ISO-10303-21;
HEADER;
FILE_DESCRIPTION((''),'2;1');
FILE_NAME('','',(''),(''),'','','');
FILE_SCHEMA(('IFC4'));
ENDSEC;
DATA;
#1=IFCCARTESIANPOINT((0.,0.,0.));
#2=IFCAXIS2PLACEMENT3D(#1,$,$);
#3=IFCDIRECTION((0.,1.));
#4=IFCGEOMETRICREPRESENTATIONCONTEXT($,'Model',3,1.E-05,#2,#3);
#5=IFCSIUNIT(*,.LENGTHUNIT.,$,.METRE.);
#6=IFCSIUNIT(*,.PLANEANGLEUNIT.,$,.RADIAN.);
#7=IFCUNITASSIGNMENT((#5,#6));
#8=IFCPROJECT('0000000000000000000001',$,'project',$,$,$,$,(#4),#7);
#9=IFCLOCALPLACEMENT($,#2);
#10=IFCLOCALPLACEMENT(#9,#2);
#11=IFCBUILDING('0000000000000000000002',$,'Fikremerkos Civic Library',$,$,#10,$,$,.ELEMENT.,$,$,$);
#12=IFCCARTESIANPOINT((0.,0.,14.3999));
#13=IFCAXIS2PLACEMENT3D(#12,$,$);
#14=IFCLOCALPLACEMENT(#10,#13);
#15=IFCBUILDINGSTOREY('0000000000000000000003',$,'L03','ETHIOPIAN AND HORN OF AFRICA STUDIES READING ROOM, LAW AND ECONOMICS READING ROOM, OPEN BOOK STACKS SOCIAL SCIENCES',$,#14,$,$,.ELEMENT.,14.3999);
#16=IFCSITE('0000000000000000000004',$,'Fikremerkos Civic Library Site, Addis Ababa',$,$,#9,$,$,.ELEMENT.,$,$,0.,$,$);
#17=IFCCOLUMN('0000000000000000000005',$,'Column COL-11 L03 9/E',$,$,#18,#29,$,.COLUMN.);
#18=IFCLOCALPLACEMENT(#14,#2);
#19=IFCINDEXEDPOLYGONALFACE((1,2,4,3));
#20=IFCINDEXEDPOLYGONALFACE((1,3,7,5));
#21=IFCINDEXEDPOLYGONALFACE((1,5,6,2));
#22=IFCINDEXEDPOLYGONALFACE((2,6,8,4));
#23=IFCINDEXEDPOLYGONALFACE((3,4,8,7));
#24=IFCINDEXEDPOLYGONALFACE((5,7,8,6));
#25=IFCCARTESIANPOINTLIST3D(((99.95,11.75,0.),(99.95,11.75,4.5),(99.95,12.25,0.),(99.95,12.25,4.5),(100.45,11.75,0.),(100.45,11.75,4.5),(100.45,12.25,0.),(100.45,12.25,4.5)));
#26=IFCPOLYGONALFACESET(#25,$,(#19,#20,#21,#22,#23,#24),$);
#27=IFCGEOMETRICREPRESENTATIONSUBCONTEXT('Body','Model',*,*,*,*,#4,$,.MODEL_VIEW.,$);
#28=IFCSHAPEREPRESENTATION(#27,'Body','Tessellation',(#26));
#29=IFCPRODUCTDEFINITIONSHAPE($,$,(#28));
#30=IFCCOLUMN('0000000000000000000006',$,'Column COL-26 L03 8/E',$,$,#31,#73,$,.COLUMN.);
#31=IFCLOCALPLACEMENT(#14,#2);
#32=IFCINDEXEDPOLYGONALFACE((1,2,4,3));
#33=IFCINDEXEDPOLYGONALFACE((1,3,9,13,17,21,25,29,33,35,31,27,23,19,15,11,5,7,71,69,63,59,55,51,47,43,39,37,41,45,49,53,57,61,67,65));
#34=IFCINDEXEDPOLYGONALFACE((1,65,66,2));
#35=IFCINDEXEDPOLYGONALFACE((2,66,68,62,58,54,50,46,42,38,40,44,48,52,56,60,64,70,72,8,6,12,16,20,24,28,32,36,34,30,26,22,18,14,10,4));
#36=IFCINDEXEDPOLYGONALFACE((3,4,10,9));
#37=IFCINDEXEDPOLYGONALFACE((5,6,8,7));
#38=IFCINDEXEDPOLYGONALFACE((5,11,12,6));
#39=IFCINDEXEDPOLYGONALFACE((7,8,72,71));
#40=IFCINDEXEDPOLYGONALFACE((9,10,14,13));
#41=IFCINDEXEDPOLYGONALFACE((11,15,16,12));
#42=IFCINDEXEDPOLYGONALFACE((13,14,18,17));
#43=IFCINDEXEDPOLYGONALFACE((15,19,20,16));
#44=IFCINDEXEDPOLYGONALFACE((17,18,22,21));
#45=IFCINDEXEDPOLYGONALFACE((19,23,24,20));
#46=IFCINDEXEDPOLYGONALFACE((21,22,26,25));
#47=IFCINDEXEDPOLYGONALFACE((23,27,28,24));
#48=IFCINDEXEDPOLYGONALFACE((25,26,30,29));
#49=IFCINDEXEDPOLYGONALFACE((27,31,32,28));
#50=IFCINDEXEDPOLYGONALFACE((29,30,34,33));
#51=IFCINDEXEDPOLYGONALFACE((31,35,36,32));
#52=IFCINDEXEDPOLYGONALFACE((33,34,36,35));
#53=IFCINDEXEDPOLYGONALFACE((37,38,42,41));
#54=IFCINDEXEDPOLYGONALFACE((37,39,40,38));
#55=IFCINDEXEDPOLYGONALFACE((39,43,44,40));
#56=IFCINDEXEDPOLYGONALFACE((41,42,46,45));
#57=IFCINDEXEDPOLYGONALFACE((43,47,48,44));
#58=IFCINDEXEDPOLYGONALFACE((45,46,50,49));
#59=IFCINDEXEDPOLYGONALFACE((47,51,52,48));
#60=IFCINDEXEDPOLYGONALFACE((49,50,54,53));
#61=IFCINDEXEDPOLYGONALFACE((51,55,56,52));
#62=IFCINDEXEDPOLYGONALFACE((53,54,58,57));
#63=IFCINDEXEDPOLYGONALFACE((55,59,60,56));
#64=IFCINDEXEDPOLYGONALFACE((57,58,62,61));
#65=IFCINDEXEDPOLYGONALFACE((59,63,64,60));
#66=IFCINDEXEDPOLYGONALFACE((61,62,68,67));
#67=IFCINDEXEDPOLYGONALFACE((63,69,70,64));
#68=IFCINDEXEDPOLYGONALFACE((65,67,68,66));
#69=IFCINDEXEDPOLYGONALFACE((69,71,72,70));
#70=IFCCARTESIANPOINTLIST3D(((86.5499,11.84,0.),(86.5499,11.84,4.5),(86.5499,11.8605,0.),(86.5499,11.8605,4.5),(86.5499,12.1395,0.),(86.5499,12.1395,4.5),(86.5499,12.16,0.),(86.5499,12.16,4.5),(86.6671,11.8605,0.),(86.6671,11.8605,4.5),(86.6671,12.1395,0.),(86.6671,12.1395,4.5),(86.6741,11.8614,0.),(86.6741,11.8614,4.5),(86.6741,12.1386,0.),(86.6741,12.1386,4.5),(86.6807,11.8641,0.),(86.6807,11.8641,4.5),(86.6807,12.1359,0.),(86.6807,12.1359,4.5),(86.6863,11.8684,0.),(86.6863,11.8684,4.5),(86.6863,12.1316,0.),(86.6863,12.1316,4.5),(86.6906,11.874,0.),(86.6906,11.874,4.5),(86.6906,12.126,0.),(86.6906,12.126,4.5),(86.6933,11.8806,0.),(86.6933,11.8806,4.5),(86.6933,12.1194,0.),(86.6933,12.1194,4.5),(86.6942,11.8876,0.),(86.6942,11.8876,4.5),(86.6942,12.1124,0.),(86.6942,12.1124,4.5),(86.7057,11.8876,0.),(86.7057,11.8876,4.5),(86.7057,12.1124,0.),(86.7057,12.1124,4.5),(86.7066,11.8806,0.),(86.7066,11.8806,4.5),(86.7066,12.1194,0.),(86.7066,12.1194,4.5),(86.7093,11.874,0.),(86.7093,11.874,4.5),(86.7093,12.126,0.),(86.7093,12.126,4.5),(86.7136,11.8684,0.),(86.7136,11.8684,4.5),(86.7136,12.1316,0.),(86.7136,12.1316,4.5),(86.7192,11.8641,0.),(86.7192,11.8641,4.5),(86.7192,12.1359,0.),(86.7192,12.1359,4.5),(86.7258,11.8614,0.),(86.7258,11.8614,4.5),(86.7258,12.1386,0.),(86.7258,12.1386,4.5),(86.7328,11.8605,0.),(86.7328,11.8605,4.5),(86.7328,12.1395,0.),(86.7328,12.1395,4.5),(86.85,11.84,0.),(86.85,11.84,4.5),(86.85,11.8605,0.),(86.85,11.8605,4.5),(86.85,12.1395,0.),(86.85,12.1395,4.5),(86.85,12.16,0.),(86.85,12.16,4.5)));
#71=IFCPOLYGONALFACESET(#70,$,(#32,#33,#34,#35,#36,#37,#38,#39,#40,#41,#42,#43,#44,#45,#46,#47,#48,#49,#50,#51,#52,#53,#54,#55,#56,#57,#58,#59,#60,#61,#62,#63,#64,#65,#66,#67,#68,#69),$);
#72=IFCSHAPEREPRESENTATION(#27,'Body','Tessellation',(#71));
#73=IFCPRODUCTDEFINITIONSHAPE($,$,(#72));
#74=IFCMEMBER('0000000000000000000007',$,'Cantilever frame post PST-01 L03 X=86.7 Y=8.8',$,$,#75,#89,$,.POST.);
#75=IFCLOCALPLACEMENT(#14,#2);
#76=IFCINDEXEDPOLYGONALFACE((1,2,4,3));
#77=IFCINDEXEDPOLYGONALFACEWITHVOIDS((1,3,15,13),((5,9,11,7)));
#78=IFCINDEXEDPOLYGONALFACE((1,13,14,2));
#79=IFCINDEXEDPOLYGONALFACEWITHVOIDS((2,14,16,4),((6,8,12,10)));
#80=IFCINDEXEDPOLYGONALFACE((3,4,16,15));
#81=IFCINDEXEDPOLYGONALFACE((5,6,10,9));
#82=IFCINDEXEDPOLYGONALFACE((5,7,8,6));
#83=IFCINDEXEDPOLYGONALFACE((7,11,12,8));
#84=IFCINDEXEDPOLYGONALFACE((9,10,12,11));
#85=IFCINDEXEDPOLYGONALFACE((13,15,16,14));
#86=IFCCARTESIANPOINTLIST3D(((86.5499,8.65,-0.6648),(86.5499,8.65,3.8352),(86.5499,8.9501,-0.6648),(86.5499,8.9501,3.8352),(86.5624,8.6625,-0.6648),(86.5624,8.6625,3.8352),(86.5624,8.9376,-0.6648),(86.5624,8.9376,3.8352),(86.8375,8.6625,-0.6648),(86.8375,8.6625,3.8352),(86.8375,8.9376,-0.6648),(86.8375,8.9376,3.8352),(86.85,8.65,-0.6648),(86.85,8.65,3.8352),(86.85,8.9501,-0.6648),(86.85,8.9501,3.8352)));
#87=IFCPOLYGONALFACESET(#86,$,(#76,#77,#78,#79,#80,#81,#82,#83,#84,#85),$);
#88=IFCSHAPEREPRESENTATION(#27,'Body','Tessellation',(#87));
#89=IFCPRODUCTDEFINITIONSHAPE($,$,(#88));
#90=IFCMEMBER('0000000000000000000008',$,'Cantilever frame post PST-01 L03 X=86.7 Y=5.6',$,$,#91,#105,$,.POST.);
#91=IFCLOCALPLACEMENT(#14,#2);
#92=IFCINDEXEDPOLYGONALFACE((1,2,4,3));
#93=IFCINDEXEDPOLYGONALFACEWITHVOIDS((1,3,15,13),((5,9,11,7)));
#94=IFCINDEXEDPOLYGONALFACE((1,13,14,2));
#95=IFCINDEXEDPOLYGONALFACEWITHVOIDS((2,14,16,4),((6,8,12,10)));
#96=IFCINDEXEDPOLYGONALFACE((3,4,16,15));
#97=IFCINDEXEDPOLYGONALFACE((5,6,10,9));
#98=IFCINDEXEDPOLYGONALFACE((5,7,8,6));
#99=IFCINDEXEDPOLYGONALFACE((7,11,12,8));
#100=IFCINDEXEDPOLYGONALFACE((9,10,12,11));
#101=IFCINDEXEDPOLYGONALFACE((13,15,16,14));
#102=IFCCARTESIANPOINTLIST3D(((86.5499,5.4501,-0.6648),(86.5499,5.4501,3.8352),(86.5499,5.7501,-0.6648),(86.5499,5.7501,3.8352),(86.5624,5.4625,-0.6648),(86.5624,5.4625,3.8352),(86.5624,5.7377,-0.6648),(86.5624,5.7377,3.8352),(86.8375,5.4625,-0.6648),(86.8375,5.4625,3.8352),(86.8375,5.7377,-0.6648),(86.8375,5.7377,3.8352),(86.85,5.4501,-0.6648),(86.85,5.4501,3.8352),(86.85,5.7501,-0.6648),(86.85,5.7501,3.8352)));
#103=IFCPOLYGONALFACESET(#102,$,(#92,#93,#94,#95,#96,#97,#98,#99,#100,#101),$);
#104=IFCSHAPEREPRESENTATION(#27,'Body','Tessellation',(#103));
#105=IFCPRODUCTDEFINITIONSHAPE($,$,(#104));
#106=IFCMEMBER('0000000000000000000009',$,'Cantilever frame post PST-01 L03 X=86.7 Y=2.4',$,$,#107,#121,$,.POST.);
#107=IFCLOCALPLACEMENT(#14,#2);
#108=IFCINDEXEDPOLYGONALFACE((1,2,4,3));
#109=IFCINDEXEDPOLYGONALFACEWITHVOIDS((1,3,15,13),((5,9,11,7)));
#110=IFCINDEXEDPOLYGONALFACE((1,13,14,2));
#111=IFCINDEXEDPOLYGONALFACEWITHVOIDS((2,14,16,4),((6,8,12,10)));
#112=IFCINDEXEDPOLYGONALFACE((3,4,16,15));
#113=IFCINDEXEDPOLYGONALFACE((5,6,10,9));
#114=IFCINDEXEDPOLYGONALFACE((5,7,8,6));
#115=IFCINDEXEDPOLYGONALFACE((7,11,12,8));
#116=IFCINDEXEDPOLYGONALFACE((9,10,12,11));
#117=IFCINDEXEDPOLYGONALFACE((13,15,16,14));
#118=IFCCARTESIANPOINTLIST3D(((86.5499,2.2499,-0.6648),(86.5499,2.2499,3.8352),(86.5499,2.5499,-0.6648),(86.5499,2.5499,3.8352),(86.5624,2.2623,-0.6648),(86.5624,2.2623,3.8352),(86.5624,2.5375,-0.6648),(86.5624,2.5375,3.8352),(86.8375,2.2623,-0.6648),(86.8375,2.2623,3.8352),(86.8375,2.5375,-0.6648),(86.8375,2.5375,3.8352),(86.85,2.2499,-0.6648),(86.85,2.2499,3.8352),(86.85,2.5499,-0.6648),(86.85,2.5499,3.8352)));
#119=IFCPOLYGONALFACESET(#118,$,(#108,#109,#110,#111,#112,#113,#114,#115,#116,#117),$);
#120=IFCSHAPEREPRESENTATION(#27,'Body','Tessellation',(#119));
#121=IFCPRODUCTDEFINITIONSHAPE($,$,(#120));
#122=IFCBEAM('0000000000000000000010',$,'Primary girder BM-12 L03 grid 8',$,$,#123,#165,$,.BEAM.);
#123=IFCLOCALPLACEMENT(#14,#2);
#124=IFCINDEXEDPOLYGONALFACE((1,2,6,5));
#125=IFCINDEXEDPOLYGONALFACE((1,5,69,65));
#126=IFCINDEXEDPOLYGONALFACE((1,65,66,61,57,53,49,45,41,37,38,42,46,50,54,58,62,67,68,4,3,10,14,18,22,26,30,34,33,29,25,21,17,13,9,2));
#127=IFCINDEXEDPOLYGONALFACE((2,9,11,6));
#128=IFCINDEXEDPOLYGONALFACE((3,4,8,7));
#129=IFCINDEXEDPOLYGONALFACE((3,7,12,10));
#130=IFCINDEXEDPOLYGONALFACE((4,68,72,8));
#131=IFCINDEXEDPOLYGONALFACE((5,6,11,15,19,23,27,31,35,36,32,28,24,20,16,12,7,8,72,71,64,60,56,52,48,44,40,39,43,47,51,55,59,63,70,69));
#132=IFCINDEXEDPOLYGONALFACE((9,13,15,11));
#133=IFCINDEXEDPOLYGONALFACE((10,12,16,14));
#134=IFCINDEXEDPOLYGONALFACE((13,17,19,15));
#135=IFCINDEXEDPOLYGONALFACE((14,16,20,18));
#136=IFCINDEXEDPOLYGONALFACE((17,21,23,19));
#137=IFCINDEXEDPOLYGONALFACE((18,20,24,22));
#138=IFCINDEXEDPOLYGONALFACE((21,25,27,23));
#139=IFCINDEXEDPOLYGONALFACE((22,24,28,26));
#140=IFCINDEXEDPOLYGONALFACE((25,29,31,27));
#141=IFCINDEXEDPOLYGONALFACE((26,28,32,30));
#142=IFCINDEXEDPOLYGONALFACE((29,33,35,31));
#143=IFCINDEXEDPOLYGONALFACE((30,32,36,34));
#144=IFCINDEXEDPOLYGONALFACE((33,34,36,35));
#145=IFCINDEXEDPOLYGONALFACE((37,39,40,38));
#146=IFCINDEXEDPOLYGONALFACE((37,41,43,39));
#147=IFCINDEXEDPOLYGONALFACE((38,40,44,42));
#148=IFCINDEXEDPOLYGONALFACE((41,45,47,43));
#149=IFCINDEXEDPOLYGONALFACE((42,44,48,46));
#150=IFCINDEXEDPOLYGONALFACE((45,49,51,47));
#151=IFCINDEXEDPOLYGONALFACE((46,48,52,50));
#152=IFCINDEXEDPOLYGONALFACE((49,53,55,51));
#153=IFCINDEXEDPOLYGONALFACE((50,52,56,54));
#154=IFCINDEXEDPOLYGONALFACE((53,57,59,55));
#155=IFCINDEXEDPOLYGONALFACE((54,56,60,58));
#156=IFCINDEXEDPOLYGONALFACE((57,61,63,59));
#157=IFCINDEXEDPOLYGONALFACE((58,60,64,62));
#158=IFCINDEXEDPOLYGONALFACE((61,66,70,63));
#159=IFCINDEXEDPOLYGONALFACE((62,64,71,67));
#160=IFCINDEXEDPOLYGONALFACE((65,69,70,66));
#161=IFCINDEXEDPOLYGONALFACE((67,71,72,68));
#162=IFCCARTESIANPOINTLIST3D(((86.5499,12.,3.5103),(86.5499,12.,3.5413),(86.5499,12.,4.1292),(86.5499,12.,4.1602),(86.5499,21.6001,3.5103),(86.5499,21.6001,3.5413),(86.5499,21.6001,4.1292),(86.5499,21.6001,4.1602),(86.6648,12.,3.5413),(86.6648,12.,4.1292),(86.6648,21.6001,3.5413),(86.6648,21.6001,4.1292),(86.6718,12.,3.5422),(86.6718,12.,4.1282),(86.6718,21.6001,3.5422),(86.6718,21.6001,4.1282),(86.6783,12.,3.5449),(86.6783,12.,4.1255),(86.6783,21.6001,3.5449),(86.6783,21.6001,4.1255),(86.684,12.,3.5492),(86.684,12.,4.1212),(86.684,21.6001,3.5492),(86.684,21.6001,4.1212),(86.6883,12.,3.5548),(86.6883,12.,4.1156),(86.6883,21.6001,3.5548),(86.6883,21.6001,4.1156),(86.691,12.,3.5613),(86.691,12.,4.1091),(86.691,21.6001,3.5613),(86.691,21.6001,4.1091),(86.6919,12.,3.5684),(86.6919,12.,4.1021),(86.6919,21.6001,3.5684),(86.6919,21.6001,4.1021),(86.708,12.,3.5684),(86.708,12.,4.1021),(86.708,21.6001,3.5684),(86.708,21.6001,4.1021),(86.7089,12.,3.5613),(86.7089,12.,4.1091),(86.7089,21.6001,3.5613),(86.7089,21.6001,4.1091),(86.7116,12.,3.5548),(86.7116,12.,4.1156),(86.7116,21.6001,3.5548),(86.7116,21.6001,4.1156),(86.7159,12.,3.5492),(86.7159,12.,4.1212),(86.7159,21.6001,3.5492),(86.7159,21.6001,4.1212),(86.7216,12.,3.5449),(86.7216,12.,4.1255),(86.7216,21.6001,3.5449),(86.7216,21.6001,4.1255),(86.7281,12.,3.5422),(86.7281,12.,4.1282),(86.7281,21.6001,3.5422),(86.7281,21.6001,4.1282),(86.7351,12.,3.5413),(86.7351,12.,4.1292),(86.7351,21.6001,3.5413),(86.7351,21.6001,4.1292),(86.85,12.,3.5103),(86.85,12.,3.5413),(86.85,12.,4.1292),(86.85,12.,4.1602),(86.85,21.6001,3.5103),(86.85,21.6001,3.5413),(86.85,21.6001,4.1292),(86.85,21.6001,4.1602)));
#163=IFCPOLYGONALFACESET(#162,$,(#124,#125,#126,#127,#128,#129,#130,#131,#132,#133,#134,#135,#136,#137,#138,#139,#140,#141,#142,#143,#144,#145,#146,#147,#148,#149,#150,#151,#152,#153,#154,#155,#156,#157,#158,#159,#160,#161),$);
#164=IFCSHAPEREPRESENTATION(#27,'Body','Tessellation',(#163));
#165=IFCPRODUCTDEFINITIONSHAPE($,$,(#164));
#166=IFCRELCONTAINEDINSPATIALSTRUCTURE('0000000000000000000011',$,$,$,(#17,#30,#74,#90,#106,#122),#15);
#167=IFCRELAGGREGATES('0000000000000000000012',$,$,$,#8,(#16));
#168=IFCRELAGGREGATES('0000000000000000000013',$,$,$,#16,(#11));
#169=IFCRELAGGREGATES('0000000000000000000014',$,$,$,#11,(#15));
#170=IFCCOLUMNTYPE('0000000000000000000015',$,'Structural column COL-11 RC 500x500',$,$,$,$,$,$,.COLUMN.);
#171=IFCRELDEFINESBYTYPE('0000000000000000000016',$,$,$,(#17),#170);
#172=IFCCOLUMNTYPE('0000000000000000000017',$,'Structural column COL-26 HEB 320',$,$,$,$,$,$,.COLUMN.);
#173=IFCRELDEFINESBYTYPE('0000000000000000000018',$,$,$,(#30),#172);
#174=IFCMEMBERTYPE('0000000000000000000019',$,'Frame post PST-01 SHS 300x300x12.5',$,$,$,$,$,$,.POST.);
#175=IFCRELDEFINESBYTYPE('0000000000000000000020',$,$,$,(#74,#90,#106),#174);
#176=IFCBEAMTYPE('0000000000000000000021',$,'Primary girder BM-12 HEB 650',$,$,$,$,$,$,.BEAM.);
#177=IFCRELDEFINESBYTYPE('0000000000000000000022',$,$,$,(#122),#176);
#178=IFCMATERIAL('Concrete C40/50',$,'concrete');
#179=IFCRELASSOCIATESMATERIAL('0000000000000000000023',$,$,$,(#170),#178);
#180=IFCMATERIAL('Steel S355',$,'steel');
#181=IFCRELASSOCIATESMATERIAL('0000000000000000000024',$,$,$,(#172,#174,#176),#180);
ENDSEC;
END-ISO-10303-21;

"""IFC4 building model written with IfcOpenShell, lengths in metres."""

from ifc_helpers import new_model, si_unit, direction, frame, origin, origin_2d, place, context, subcontext, project, spatial, rectangle, hollow_rectangle, i_section, extrude, material, material_profile, profile_set, type_object, element, save


model = new_model("IFC4")

# Units and contexts
model_context = context("Model", 3, precision=1e-05, world=origin(), true_north=direction((0.0, 1.0)))
body_context = subcontext(model_context, "Body", "Model", "MODEL_VIEW")
ifc_project = project(units=[si_unit("LENGTHUNIT", "METRE"), si_unit("PLANEANGLEUNIT", "RADIAN")], contexts=[model_context])

# Site, building, storey
site_placement = place(None, origin())
site = spatial("IfcSite", under=ifc_project, at=site_placement, Name="Fikremerkos Civic Library Site, Addis Ababa", CompositionType="ELEMENT", RefElevation=0.0)
building_placement = place(site_placement, origin())
building = spatial("IfcBuilding", under=site, at=building_placement, Name="Fikremerkos Civic Library", CompositionType="ELEMENT")
storey_placement = place(building_placement, frame((0.0, 0.0, 14.3999)))
storey = spatial("IfcBuildingStorey", under=building, at=storey_placement, Name="L03", Description="ETHIOPIAN AND HORN OF AFRICA STUDIES READING ROOM, LAW AND ECONOMICS READING ROOM, OPEN BOOK STACKS SOCIAL SCIENCES", CompositionType="ELEMENT", Elevation=14.3999)

# Columns
ifc_material_1 = material(Name="Concrete C40/50", Category="concrete")
ifc_material_profile_1 = material_profile(ifc_material_1, rectangle(XDim=0.5, YDim=0.5, at=origin_2d()), Name="RC 500x500")
ifc_profile_set_1 = profile_set([ifc_material_profile_1], Name="Concrete C40/50")
column_type_1 = type_object("IfcColumnType", Name="Structural column COL-11 RC 500x500", PredefinedType="COLUMN", material=ifc_profile_set_1)
column_1_placement = place(storey_placement, frame((100.2, 12.0, 0.0), z_axis=(0.0, 0.0, 1.0), x_axis=(1.0, 0.0, 0.0)))
element("IfcColumn", 1, at=column_1_placement, inside=storey, type_object=column_type_1, Name="Column COL-11 L03 9/E", PredefinedType="COLUMN", context=body_context, shape_type="SweptSolid", body=[
    extrude(rectangle(XDim=0.5, YDim=0.5, at=origin_2d()), origin(), (0.0, 0.0, 1.0), 4.5),
])
ifc_material_2 = material(Name="Steel S355", Category="steel")
ifc_material_profile_2 = material_profile(ifc_material_2, i_section(OverallWidth=0.3, OverallDepth=0.3201, WebThickness=0.0115, FlangeThickness=0.0205, FilletRadius=0.0271, at=origin_2d()), Name="HEB 320")
ifc_profile_set_2 = profile_set([ifc_material_profile_2], Name="Steel S355")
column_type_2 = type_object("IfcColumnType", Name="Structural column COL-26 HEB 320", PredefinedType="COLUMN", material=ifc_profile_set_2)
column_2_placement = place(storey_placement, frame((86.7, 12.0, 0.0), z_axis=(0.0, 0.0, 1.0), x_axis=(1.0, 0.0, 0.0)))
element("IfcColumn", 2, at=column_2_placement, inside=storey, type_object=column_type_2, Name="Column COL-26 L03 8/E", PredefinedType="COLUMN", context=body_context, shape_type="SweptSolid", body=[
    extrude(i_section(OverallWidth=0.3, OverallDepth=0.3201, WebThickness=0.0115, FlangeThickness=0.0205, FilletRadius=0.0271, at=origin_2d()), origin(), (0.0, 0.0, 1.0), 4.5),
])

# Members
ifc_material_profile_3 = material_profile(ifc_material_2, hollow_rectangle(XDim=0.3, YDim=0.3, WallThickness=0.0125, at=origin_2d()), Name="SHS 300x300x12.5")
ifc_profile_set_3 = profile_set([ifc_material_profile_3], Name="Steel S355")
member_type = type_object("IfcMemberType", Name="Frame post PST-01 SHS 300x300x12.5", PredefinedType="POST", material=ifc_profile_set_3)
for number, where, z_axis, x_axis, name in (
    (3, (86.7, 8.8, -0.6648), (0.0, 0.0, 1.0), (1.0, 0.0, 0.0), "Cantilever frame post PST-01 L03 X=86.7 Y=8.8"),
    (4, (86.7, 5.6001, -0.6648), (0.0, 0.0, 1.0), (1.0, 0.0, 0.0), "Cantilever frame post PST-01 L03 X=86.7 Y=5.6"),
    (5, (86.7, 2.3999, -0.6648), (0.0, 0.0, 1.0), (1.0, 0.0, 0.0), "Cantilever frame post PST-01 L03 X=86.7 Y=2.4"),
):
    element("IfcMember", number, at=place(storey_placement, frame(where, z_axis=z_axis, x_axis=x_axis)), inside=storey, type_object=member_type, Name=name, PredefinedType="POST", context=body_context, shape_type="SweptSolid", body=[
        extrude(hollow_rectangle(XDim=0.3, YDim=0.3, WallThickness=0.0125, at=origin_2d()), origin(), (0.0, 0.0, 1.0), 4.5),
    ])

# Beam
ifc_material_profile_4 = material_profile(ifc_material_2, i_section(OverallWidth=0.3, OverallDepth=0.6499, WebThickness=0.0161, FlangeThickness=0.031, FilletRadius=0.0271, at=origin_2d()), Name="HEB 650")
ifc_profile_set_4 = profile_set([ifc_material_profile_4], Name="Steel S355")
beam_type_1 = type_object("IfcBeamType", Name="Primary girder BM-12 HEB 650", PredefinedType="BEAM", material=ifc_profile_set_4)
beam_1_placement = place(storey_placement, frame((86.7, 12.0, 3.8352), z_axis=(0.0, 1.0, 0.0), x_axis=(-1.0, 0.0, 0.0)))
element("IfcBeam", 6, at=beam_1_placement, inside=storey, type_object=beam_type_1, Name="Primary girder BM-12 L03 grid 8", PredefinedType="BEAM", context=body_context, shape_type="SweptSolid", body=[
    extrude(i_section(OverallWidth=0.3, OverallDepth=0.6499, WebThickness=0.0161, FlangeThickness=0.031, FilletRadius=0.0271, at=origin_2d()), origin(), (0.0, 0.0, 1.0), 9.6001),
])

save(model, "model.ifc")
